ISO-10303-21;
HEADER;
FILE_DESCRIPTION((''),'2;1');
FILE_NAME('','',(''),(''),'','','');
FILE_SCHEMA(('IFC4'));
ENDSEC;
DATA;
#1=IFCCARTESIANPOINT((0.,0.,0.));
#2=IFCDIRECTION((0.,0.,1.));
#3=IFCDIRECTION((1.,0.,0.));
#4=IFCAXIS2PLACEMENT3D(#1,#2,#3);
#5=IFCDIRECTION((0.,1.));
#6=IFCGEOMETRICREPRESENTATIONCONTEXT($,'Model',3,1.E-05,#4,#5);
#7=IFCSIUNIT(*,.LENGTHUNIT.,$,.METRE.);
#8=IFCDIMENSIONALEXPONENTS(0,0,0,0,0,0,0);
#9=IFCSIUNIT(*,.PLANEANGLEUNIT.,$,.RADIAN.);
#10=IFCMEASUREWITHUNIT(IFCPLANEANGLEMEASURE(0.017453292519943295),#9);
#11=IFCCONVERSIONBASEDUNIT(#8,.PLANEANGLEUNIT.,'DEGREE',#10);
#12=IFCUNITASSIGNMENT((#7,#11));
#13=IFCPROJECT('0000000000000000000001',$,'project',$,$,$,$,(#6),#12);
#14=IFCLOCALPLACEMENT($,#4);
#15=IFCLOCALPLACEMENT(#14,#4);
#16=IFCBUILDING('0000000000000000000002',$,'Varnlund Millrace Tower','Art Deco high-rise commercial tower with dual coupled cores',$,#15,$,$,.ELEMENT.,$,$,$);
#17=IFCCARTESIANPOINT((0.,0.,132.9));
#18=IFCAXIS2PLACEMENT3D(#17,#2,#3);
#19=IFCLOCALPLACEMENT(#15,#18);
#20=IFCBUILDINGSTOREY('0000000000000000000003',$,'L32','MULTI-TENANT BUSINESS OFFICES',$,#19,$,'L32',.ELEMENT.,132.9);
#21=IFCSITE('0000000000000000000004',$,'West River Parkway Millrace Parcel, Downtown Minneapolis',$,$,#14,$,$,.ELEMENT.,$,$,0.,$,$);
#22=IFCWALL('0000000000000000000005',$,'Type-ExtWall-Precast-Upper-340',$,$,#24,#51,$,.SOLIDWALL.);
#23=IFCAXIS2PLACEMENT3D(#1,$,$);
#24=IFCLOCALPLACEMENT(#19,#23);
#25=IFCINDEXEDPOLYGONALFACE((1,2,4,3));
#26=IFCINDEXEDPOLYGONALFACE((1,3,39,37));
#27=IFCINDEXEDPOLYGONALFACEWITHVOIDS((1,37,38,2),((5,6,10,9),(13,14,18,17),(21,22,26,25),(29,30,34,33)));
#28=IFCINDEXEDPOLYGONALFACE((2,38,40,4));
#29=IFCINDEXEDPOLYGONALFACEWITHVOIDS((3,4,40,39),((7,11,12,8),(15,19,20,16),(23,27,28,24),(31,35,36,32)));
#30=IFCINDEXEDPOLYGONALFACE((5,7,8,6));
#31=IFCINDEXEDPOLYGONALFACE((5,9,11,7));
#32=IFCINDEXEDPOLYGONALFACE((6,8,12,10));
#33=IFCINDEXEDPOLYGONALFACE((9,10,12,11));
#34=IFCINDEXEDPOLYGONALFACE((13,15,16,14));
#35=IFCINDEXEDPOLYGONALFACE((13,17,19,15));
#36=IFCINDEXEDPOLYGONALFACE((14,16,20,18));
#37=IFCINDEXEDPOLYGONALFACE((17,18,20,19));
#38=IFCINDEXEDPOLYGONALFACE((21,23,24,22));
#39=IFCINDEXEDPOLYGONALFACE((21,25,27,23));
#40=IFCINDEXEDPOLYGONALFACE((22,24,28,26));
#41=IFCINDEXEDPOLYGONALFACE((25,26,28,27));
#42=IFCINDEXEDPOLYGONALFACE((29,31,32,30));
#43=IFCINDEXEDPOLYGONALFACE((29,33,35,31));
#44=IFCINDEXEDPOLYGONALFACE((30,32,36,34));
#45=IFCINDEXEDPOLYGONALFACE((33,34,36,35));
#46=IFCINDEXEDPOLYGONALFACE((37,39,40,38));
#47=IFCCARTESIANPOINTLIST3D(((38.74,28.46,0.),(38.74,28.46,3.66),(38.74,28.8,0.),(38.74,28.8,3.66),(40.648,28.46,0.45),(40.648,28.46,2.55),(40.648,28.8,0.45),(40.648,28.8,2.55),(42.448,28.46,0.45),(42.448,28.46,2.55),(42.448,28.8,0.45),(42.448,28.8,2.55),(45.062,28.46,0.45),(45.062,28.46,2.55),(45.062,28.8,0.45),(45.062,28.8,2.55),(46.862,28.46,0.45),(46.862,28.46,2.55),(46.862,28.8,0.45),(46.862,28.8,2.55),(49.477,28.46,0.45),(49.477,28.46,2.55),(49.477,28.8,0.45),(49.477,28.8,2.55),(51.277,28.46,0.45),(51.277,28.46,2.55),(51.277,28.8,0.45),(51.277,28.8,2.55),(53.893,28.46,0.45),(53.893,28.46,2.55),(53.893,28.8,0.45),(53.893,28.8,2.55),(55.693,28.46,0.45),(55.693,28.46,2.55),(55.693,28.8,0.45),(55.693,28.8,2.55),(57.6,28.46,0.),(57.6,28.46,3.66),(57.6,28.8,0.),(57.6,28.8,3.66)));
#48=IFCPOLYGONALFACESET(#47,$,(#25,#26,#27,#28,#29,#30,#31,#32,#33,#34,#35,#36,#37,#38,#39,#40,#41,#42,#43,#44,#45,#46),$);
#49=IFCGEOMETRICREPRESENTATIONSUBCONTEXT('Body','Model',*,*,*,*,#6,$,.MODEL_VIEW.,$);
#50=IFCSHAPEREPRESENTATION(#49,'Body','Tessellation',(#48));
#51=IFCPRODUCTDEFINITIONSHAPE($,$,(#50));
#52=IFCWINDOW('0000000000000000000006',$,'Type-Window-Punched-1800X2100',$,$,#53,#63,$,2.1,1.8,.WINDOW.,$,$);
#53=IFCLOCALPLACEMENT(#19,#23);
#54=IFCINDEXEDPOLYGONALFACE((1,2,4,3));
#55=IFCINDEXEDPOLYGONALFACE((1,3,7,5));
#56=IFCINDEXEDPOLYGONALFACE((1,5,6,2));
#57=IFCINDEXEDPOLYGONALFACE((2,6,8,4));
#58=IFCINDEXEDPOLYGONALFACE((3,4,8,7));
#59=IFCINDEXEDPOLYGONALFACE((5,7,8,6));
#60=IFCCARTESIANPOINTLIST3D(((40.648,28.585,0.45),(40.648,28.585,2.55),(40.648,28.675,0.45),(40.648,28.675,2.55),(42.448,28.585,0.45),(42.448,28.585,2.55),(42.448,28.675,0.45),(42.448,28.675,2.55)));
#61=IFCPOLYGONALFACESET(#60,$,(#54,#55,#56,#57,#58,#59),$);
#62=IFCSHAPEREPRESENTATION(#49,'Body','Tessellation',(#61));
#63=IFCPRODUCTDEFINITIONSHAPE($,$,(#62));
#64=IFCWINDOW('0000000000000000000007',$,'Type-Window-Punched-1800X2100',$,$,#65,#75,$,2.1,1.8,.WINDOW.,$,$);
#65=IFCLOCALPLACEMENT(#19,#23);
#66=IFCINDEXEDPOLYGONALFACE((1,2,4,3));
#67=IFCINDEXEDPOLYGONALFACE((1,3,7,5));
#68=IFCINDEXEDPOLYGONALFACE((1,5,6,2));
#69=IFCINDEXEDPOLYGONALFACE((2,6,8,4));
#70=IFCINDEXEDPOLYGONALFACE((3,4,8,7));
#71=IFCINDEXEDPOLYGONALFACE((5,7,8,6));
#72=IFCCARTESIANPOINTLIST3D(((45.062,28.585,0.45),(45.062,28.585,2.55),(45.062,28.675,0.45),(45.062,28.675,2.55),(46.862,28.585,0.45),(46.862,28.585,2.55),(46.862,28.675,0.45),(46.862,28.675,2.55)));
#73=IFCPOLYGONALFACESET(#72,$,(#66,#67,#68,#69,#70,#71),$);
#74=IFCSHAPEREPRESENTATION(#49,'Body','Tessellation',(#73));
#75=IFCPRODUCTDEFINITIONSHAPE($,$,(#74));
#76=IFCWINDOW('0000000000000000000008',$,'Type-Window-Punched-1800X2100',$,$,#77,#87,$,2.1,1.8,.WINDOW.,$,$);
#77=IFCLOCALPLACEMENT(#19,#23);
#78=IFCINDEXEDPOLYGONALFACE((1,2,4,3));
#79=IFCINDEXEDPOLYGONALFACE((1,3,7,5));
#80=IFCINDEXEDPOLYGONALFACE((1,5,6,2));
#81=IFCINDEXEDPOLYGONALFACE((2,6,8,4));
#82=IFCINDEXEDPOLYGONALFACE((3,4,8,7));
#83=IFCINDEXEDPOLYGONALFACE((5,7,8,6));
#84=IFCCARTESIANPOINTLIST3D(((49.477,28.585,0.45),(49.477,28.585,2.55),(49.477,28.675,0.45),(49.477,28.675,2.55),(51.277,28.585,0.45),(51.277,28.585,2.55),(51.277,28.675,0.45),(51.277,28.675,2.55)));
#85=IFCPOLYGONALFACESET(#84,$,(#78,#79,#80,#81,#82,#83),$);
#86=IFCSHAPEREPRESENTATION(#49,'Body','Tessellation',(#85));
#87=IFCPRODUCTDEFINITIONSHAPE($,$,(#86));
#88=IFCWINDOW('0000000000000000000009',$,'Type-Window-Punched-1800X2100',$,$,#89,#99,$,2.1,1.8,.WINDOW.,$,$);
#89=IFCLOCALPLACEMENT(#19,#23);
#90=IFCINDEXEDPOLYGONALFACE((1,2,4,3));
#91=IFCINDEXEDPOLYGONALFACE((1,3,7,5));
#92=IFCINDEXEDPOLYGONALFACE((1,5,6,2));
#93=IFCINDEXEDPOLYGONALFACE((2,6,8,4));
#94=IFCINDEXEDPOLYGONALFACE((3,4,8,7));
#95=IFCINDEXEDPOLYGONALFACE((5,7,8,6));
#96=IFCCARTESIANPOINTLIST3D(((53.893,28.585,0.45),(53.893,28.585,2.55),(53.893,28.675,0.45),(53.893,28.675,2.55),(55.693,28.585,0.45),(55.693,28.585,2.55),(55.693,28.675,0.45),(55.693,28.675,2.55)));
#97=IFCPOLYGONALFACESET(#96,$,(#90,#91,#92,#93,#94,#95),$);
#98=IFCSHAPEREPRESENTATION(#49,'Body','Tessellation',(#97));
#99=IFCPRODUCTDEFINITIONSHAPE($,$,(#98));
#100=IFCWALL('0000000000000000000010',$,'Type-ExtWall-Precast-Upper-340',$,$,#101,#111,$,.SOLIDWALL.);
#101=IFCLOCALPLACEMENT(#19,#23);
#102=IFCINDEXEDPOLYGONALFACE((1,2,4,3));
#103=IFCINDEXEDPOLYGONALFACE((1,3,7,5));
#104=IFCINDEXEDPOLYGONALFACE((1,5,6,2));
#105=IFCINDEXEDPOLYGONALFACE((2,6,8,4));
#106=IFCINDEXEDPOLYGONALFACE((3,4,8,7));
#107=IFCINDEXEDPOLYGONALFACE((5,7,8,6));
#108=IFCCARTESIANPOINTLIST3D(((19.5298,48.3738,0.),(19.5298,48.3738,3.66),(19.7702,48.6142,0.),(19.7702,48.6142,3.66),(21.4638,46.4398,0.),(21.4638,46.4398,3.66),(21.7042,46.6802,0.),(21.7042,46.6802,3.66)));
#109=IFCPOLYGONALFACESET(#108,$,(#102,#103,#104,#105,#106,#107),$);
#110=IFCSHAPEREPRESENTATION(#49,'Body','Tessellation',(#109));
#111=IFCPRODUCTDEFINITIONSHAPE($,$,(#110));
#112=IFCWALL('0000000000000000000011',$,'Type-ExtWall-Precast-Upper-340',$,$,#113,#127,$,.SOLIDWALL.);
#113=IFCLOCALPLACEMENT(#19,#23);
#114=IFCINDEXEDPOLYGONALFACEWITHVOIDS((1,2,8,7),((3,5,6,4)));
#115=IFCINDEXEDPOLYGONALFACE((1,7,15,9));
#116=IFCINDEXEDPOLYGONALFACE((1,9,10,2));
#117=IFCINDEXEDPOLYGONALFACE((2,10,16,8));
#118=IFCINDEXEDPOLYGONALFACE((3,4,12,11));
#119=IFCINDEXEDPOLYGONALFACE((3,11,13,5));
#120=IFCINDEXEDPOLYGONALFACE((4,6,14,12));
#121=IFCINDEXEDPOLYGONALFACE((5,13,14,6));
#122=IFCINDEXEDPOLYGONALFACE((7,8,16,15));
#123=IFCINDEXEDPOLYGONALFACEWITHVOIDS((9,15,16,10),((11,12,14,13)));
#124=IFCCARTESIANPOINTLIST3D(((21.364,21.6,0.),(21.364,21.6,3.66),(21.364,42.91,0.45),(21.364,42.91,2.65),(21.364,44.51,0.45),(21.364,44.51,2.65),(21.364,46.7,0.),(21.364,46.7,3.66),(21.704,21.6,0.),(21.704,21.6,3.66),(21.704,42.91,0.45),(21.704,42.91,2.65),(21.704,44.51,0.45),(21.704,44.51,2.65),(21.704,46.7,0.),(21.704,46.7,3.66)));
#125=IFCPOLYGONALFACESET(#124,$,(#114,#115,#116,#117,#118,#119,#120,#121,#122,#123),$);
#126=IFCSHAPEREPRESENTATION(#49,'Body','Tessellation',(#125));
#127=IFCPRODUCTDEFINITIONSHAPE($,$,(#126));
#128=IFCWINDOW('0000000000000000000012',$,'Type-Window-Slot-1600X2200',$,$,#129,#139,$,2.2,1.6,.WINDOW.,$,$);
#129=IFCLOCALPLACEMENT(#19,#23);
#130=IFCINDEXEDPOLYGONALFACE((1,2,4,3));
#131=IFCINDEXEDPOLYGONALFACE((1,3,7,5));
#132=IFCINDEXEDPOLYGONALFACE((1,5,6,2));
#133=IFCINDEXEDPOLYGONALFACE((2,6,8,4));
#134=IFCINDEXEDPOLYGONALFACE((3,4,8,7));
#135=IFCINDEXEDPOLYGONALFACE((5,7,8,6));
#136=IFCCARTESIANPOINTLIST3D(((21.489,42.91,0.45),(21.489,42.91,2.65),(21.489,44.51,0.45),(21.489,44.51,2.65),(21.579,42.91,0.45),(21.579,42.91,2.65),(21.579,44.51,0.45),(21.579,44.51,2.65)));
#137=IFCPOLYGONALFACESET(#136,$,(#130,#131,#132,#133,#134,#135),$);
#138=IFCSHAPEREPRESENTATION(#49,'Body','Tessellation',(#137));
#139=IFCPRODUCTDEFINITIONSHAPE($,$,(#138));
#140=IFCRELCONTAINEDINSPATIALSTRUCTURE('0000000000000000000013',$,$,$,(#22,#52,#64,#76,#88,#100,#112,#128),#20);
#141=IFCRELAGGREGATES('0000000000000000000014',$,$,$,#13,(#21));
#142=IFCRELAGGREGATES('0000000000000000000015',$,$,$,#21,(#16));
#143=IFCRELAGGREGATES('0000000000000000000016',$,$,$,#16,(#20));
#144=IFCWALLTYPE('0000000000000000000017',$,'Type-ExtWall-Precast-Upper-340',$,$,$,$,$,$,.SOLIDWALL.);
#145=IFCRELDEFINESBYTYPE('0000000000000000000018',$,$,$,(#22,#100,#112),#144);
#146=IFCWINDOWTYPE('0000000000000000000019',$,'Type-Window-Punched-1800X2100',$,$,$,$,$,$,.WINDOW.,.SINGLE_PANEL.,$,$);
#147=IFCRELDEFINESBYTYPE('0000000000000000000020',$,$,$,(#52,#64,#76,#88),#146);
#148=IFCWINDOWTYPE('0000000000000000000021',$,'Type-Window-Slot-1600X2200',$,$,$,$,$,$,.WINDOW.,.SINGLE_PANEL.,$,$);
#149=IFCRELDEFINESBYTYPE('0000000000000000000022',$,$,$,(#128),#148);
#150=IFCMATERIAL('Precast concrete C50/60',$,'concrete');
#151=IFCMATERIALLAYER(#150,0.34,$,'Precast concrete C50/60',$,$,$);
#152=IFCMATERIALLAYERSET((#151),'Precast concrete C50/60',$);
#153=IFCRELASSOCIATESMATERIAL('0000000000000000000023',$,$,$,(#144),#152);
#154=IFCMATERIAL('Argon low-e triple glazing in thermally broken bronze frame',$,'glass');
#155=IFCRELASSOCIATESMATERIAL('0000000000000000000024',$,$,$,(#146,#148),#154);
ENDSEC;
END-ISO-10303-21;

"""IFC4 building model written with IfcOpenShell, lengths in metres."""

from ifc_helpers import new_model, entity, si_unit, converted_unit, direction, frame, origin_with_axes, origin_2d_with_axis, place, context, subcontext, project, spatial, polyline, rectangle, outline, extrude, material, layer, layer_set, type_object, element, fill, save


model = new_model("IFC4")

# Units and contexts
model_context = context("Model", 3, precision=1e-05, world=origin_with_axes(), true_north=direction((0.0, 1.0)))
body_context = subcontext(model_context, "Body", "Model", "MODEL_VIEW")
ifc_project = project(units=[si_unit("LENGTHUNIT", "METRE"), converted_unit("PLANEANGLEUNIT", "DEGREE", entity("IfcPlaneAngleMeasure", 0.017453292519943295), si_unit("PLANEANGLEUNIT", "RADIAN"), dimensions=[0, 0, 0, 0, 0, 0, 0])], contexts=[model_context])

# Site, building, storey
site_placement = place(None, origin_with_axes())
site = spatial("IfcSite", under=ifc_project, at=site_placement, Name="West River Parkway Millrace Parcel, Downtown Minneapolis", CompositionType="ELEMENT", RefElevation=0.0)
building_placement = place(site_placement, origin_with_axes())
building = spatial("IfcBuilding", under=site, at=building_placement, Name="Varnlund Millrace Tower", Description="Art Deco high-rise commercial tower with dual coupled cores", CompositionType="ELEMENT")
storey_placement = place(building_placement, frame((0.0, 0.0, 132.9), z_axis=(0.0, 0.0, 1.0), x_axis=(1.0, 0.0, 0.0)))
storey = spatial("IfcBuildingStorey", under=building, at=storey_placement, Name="L32", Description="MULTI-TENANT BUSINESS OFFICES", LongName="L32", CompositionType="ELEMENT", Elevation=132.9)

# Shared definitions
ifc_material_1 = material(Name="Precast concrete C50/60", Category="concrete")
ifc_layer_1 = layer(ifc_material_1, 0.34, Name="Precast concrete C50/60")
ifc_layer_set_1 = layer_set([ifc_layer_1], Name="Precast concrete C50/60")
wall_type_1 = type_object("IfcWallType", Name="Type-ExtWall-Precast-Upper-340", PredefinedType="SOLIDWALL", material=ifc_layer_set_1)

# Wall, openings, windows
wall_1_placement = place(storey_placement, frame((38.74, 28.63, 0.0), z_axis=(0.0, 0.0, 1.0), x_axis=(1.0, 0.0, 0.0)))
wall_1 = element("IfcWall", 1, at=wall_1_placement, inside=storey, type_object=wall_type_1, Name="Type-ExtWall-Precast-Upper-340", PredefinedType="SOLIDWALL", context=body_context, shape_type="SweptSolid", body=[
    extrude(outline(polyline([(0.0, -0.17), (18.86, -0.17), (18.86, 0.17), (0.0, 0.17), (0.0, -0.17)])), origin_with_axes(), (0.0, 0.0, 1.0), 3.66),
])
opening_1_placement = place(wall_1_placement, frame((2.808, 0.0, 0.45), z_axis=(0.0, 0.0, 1.0), x_axis=(1.0, 0.0, 0.0)))
opening_1 = element("IfcOpeningElement", 2, at=opening_1_placement, cuts=wall_1, PredefinedType="OPENING", context=body_context, shape_type="SweptSolid", body=[
    extrude(rectangle(XDim=1.8, YDim=0.36, at=origin_2d_with_axis()), origin_with_axes(), (0.0, 0.0, 1.0), 2.1),
])
opening_2_placement = place(wall_1_placement, frame((7.222, 0.0, 0.45), z_axis=(0.0, 0.0, 1.0), x_axis=(1.0, 0.0, 0.0)))
opening_2 = element("IfcOpeningElement", 3, at=opening_2_placement, cuts=wall_1, PredefinedType="OPENING", context=body_context, shape_type="SweptSolid", body=[
    extrude(rectangle(XDim=1.8, YDim=0.36, at=origin_2d_with_axis()), origin_with_axes(), (0.0, 0.0, 1.0), 2.1),
])
opening_3_placement = place(wall_1_placement, frame((11.637, 0.0, 0.45), z_axis=(0.0, 0.0, 1.0), x_axis=(1.0, 0.0, 0.0)))
opening_3 = element("IfcOpeningElement", 4, at=opening_3_placement, cuts=wall_1, PredefinedType="OPENING", context=body_context, shape_type="SweptSolid", body=[
    extrude(rectangle(XDim=1.8, YDim=0.36, at=origin_2d_with_axis()), origin_with_axes(), (0.0, 0.0, 1.0), 2.1),
])
opening_4_placement = place(wall_1_placement, frame((16.053, 0.0, 0.45), z_axis=(0.0, 0.0, 1.0), x_axis=(1.0, 0.0, 0.0)))
opening_4 = element("IfcOpeningElement", 5, at=opening_4_placement, cuts=wall_1, PredefinedType="OPENING", context=body_context, shape_type="SweptSolid", body=[
    extrude(rectangle(XDim=1.8, YDim=0.36, at=origin_2d_with_axis()), origin_with_axes(), (0.0, 0.0, 1.0), 2.1),
])
ifc_material_2 = material(Name="Argon low-e triple glazing in thermally broken bronze frame", Category="glass")
window_type_1 = type_object("IfcWindowType", Name="Type-Window-Punched-1800X2100", PartitioningType="SINGLE_PANEL", PredefinedType="WINDOW", material=ifc_material_2)
window_1_placement = place(wall_1_placement, frame((2.808, 0.0, 0.45), z_axis=(0.0, 0.0, 1.0), x_axis=(1.0, 0.0, 0.0)))
window_1 = element("IfcWindow", 6, at=window_1_placement, inside=storey, type_object=window_type_1, Name="Type-Window-Punched-1800X2100", OverallHeight=2.1, OverallWidth=1.8, PredefinedType="WINDOW", context=body_context, shape_type="SweptSolid", body=[
    extrude(rectangle(XDim=1.8, YDim=0.09, at=origin_2d_with_axis()), origin_with_axes(), (0.0, 0.0, 1.0), 2.1),
])
fill(opening_1, window_1)
window_2_placement = place(wall_1_placement, frame((7.222, 0.0, 0.45), z_axis=(0.0, 0.0, 1.0), x_axis=(1.0, 0.0, 0.0)))
window_2 = element("IfcWindow", 7, at=window_2_placement, inside=storey, type_object=window_type_1, Name="Type-Window-Punched-1800X2100", OverallHeight=2.1, OverallWidth=1.8, PredefinedType="WINDOW", context=body_context, shape_type="SweptSolid", body=[
    extrude(rectangle(XDim=1.8, YDim=0.09, at=origin_2d_with_axis()), origin_with_axes(), (0.0, 0.0, 1.0), 2.1),
])
fill(opening_2, window_2)
window_3_placement = place(wall_1_placement, frame((11.637, 0.0, 0.45), z_axis=(0.0, 0.0, 1.0), x_axis=(1.0, 0.0, 0.0)))
window_3 = element("IfcWindow", 8, at=window_3_placement, inside=storey, type_object=window_type_1, Name="Type-Window-Punched-1800X2100", OverallHeight=2.1, OverallWidth=1.8, PredefinedType="WINDOW", context=body_context, shape_type="SweptSolid", body=[
    extrude(rectangle(XDim=1.8, YDim=0.09, at=origin_2d_with_axis()), origin_with_axes(), (0.0, 0.0, 1.0), 2.1),
])
fill(opening_3, window_3)
window_4_placement = place(wall_1_placement, frame((16.053, 0.0, 0.45), z_axis=(0.0, 0.0, 1.0), x_axis=(1.0, 0.0, 0.0)))
window_4 = element("IfcWindow", 9, at=window_4_placement, inside=storey, type_object=window_type_1, Name="Type-Window-Punched-1800X2100", OverallHeight=2.1, OverallWidth=1.8, PredefinedType="WINDOW", context=body_context, shape_type="SweptSolid", body=[
    extrude(rectangle(XDim=1.8, YDim=0.09, at=origin_2d_with_axis()), origin_with_axes(), (0.0, 0.0, 1.0), 2.1),
])
fill(opening_4, window_4)

# Wall
wall_2_placement = place(storey_placement, frame((19.65, 48.494, 0.0), z_axis=(0.0, 0.0, 1.0), x_axis=(0.707107, -0.707107, 0.0)))
element("IfcWall", 10, at=wall_2_placement, inside=storey, type_object=wall_type_1, Name="Type-ExtWall-Precast-Upper-340", PredefinedType="SOLIDWALL", context=body_context, shape_type="SweptSolid", body=[
    extrude(outline(polyline([(0.0, -0.17), (2.7351, -0.17), (2.7351, 0.17), (0.0, 0.17), (0.0, -0.17)])), origin_with_axes(), (0.0, 0.0, 1.0), 3.66),
])

# Wall, opening, window
wall_3_placement = place(storey_placement, frame((21.534, 46.7, 0.0), z_axis=(0.0, 0.0, 1.0), x_axis=(0.0, -1.0, 0.0)))
wall_3 = element("IfcWall", 11, at=wall_3_placement, inside=storey, type_object=wall_type_1, Name="Type-ExtWall-Precast-Upper-340", PredefinedType="SOLIDWALL", context=body_context, shape_type="SweptSolid", body=[
    extrude(outline(polyline([(0.0, -0.17), (25.1, -0.17), (25.1, 0.17), (0.0, 0.17), (0.0, -0.17)])), origin_with_axes(), (0.0, 0.0, 1.0), 3.66),
])
opening_5_placement = place(wall_3_placement, frame((2.99, 0.0, 0.45), z_axis=(0.0, 0.0, 1.0), x_axis=(1.0, 0.0, 0.0)))
opening_5 = element("IfcOpeningElement", 12, at=opening_5_placement, cuts=wall_3, PredefinedType="OPENING", context=body_context, shape_type="SweptSolid", body=[
    extrude(rectangle(XDim=1.6, YDim=0.36, at=origin_2d_with_axis()), origin_with_axes(), (0.0, 0.0, 1.0), 2.2),
])
window_type_2 = type_object("IfcWindowType", Name="Type-Window-Slot-1600X2200", PartitioningType="SINGLE_PANEL", PredefinedType="WINDOW", material=ifc_material_2)
window_5_placement = place(wall_3_placement, frame((2.99, 0.0, 0.45), z_axis=(0.0, 0.0, 1.0), x_axis=(1.0, 0.0, 0.0)))
window_5 = element("IfcWindow", 13, at=window_5_placement, inside=storey, type_object=window_type_2, Name="Type-Window-Slot-1600X2200", OverallHeight=2.2, OverallWidth=1.6, PredefinedType="WINDOW", context=body_context, shape_type="SweptSolid", body=[
    extrude(rectangle(XDim=1.6, YDim=0.09, at=origin_2d_with_axis()), origin_with_axes(), (0.0, 0.0, 1.0), 2.2),
])
fill(opening_5, window_5)

save(model, "model.ifc")
